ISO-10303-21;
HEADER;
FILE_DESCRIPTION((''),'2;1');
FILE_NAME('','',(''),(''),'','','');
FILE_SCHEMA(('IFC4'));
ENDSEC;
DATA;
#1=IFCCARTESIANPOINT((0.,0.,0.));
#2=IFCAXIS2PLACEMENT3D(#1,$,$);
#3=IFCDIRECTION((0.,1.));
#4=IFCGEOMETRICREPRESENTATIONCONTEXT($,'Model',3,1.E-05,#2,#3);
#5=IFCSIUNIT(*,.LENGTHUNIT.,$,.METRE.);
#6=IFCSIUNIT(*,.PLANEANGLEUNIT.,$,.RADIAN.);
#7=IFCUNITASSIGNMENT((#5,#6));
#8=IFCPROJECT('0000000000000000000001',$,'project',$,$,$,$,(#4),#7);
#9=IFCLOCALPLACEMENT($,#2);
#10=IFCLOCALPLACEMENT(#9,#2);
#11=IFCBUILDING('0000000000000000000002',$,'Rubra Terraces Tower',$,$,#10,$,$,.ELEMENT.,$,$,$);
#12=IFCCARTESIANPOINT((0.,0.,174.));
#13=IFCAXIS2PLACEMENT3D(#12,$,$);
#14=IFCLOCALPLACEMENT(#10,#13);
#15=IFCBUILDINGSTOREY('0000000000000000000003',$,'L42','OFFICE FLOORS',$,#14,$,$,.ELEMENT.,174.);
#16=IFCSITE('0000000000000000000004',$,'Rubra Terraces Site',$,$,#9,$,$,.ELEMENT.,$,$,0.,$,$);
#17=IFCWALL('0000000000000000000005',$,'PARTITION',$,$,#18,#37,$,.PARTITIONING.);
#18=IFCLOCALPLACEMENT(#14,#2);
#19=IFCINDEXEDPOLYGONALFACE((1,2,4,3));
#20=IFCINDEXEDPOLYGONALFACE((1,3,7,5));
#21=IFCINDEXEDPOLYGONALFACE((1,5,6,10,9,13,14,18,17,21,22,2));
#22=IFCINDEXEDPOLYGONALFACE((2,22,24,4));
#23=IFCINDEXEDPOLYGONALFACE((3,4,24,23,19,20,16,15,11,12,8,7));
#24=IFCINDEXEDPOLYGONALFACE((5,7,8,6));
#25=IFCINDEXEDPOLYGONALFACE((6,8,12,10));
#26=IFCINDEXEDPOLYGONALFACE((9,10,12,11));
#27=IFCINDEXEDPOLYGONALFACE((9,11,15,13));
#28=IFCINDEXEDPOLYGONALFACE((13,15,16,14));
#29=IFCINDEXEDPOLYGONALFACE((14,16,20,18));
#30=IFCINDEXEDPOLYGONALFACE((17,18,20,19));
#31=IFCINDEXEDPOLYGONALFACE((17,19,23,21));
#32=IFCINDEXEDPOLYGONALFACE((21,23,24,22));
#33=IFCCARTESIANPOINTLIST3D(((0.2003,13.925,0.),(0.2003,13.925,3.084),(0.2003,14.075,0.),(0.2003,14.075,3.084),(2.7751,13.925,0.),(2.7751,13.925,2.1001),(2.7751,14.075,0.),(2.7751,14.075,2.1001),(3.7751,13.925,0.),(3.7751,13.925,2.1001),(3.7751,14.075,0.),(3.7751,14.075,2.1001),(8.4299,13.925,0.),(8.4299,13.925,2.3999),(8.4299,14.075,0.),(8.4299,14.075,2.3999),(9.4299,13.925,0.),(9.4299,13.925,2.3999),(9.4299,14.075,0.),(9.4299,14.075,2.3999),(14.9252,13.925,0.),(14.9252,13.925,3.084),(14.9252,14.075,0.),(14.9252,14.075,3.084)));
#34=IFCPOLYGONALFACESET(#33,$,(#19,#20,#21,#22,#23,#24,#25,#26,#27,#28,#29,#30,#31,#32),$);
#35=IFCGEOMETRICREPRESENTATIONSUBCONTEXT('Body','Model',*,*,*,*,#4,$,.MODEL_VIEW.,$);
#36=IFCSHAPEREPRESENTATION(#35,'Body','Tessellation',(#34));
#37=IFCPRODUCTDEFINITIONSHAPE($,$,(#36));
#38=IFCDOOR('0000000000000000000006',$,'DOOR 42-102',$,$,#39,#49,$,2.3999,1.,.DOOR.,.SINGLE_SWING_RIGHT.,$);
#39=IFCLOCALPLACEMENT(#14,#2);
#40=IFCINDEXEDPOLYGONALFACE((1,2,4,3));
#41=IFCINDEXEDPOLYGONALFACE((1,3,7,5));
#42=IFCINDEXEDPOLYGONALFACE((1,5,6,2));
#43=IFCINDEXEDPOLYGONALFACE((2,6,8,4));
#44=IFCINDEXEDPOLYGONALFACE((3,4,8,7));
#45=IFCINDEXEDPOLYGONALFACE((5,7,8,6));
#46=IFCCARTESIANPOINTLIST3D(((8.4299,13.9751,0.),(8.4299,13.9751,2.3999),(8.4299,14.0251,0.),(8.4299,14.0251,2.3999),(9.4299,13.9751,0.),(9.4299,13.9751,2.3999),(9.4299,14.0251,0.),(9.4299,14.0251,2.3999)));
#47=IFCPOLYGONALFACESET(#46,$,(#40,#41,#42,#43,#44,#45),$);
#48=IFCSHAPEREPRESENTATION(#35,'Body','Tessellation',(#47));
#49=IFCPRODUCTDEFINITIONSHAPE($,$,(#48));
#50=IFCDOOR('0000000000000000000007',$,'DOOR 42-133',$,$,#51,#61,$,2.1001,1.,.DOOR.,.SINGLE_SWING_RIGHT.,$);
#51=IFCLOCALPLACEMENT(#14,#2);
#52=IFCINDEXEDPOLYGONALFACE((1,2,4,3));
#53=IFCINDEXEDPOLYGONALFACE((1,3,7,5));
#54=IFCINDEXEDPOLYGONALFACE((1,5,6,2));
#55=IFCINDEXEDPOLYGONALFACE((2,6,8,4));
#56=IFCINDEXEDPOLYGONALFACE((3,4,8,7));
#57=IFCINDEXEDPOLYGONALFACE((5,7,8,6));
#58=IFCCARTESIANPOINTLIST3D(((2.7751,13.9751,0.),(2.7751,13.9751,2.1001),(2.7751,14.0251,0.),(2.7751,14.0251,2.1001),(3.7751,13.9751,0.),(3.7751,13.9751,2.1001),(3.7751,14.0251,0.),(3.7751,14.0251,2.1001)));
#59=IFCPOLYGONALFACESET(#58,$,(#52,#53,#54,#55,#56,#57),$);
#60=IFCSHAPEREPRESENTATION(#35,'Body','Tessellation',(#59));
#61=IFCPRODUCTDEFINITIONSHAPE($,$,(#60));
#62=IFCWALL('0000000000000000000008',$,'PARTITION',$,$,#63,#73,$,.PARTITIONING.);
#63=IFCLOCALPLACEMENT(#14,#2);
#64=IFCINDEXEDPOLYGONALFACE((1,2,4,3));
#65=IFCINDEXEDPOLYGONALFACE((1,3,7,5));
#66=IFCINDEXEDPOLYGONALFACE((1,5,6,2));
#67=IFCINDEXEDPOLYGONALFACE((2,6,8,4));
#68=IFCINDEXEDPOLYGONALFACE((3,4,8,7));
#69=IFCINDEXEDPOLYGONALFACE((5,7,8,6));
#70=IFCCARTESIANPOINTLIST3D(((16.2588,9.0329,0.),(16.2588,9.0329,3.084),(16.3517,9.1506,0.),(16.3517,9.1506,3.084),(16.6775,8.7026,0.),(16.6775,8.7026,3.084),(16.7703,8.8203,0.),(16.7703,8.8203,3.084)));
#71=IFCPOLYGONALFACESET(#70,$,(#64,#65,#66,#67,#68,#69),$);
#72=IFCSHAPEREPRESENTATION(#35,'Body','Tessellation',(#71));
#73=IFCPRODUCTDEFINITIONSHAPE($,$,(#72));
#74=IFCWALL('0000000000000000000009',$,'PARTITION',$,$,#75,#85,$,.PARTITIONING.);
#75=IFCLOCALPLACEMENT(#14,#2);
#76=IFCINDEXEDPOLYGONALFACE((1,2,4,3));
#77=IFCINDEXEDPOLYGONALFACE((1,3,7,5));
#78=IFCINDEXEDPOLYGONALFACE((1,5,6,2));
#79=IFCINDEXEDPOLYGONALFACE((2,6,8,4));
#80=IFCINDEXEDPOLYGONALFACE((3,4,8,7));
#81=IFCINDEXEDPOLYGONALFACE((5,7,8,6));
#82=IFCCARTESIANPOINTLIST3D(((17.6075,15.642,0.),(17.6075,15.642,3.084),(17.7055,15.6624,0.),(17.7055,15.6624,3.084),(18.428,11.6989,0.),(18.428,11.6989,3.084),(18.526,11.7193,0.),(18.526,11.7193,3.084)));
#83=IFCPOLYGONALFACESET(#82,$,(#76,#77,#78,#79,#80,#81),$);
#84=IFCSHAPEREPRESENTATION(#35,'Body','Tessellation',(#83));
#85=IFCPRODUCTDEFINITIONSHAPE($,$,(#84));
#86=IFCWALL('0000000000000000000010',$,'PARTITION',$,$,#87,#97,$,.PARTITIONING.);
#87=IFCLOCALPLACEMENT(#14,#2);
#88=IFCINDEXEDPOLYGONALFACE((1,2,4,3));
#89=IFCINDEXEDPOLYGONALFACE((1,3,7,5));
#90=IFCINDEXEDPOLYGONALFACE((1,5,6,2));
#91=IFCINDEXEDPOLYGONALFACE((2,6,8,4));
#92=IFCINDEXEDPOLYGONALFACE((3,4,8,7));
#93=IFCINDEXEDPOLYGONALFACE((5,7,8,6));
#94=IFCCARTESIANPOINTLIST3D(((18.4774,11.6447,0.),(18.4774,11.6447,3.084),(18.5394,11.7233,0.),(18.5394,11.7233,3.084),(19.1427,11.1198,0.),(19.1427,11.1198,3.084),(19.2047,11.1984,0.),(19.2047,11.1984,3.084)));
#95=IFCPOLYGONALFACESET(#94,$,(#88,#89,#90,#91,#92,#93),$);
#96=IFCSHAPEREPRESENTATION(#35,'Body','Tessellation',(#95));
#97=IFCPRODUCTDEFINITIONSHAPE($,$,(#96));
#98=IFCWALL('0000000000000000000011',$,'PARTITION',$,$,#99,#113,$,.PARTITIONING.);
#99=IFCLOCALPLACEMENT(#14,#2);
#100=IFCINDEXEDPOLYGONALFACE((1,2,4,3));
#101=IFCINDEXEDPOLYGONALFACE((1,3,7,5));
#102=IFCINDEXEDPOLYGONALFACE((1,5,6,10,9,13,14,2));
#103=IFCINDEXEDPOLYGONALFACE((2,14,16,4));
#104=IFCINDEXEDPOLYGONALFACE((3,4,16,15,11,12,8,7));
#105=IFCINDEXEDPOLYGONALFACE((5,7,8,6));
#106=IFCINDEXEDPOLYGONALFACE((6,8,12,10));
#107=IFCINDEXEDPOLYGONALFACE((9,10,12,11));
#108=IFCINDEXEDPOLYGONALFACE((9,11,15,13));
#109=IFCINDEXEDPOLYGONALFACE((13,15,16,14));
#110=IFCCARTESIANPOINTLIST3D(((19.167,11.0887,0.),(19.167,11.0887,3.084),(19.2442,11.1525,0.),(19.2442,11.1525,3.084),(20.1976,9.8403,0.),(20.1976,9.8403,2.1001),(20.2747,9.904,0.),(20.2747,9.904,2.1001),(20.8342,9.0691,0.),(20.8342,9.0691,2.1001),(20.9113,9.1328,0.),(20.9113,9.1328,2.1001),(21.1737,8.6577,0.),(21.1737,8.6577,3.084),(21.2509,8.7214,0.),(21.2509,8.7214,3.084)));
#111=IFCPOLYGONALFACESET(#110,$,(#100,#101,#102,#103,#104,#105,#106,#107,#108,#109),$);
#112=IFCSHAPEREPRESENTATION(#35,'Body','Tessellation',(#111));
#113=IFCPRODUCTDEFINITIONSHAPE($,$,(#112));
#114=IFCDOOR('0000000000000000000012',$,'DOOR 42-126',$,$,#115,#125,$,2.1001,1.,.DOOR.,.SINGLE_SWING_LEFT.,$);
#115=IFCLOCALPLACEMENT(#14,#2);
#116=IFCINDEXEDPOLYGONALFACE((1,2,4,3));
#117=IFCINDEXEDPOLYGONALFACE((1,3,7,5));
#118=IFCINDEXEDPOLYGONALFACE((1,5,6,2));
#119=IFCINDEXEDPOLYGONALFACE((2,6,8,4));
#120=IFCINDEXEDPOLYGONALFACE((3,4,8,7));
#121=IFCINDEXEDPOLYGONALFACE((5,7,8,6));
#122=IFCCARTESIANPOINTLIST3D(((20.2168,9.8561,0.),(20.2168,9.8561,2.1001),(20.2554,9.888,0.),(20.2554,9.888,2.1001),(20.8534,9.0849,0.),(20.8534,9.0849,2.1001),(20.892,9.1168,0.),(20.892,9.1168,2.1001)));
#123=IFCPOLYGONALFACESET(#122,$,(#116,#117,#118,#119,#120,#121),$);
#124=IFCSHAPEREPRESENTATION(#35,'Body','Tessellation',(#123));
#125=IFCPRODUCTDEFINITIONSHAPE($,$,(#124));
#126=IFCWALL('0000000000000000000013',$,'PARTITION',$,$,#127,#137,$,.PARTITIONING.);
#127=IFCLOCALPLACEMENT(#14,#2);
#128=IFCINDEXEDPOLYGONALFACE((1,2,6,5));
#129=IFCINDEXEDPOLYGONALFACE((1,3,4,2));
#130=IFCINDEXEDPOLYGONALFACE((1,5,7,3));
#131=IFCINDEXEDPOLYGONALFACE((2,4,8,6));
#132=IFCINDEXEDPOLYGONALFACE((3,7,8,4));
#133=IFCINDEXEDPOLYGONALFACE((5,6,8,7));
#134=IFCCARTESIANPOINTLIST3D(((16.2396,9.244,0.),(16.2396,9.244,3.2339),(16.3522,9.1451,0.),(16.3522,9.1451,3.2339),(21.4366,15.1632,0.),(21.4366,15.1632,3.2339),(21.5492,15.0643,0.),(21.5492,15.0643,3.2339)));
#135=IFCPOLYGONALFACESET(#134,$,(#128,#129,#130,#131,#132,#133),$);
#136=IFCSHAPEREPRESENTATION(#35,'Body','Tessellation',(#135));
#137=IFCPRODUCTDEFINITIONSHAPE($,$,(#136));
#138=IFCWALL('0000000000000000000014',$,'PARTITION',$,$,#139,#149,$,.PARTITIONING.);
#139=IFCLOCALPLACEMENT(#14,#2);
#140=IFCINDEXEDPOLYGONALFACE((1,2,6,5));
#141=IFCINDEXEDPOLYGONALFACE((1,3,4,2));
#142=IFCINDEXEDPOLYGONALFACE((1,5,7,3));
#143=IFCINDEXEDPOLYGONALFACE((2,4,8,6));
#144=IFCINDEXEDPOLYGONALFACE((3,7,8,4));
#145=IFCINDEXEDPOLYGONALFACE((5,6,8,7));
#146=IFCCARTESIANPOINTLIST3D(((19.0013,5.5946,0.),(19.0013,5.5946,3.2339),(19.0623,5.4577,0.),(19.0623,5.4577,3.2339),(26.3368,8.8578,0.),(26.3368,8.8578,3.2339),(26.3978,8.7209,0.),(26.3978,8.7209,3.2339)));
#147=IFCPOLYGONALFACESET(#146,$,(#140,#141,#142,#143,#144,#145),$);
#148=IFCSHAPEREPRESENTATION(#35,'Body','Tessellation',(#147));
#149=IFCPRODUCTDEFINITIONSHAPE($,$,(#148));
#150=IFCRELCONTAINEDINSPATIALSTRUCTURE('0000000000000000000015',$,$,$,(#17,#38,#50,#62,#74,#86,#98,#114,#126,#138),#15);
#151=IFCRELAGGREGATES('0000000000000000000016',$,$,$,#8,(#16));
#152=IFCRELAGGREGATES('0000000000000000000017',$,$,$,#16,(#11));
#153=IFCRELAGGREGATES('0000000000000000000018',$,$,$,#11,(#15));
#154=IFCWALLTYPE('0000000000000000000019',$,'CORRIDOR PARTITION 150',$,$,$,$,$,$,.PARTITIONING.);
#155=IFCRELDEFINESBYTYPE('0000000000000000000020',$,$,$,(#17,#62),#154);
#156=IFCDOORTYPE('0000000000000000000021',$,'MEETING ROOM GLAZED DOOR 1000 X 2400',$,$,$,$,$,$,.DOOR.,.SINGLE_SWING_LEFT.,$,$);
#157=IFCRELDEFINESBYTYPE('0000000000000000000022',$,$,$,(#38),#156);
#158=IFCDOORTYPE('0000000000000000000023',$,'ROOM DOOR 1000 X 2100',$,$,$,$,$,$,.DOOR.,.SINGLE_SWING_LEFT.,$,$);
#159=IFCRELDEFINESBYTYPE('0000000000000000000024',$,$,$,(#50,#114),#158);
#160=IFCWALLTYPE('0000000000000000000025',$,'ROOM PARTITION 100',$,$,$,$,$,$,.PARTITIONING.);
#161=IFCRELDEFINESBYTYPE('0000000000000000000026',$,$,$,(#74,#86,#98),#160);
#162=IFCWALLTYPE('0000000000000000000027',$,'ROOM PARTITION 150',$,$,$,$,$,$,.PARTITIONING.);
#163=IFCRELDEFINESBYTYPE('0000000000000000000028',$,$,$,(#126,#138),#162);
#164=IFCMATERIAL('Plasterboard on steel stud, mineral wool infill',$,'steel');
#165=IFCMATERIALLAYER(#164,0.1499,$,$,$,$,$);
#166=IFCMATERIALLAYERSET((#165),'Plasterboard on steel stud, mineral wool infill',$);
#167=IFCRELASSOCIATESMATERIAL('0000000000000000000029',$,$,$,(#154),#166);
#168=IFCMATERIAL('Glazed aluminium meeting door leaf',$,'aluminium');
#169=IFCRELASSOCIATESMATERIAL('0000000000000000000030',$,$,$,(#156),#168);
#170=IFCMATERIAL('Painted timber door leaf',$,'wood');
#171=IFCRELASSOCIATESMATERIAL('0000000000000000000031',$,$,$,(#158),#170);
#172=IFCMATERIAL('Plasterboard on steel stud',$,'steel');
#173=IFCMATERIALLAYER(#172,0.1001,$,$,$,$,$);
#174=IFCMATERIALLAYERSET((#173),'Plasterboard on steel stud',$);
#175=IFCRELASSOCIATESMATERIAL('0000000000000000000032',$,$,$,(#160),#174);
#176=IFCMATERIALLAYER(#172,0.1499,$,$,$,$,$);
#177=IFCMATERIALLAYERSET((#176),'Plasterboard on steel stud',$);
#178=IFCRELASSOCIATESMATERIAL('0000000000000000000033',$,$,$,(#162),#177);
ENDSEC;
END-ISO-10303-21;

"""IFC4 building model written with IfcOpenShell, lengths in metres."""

from ifc_helpers import new_model, si_unit, direction, frame, frame_2d, origin, place, context, subcontext, project, spatial, rectangle, extrude, material, layer, layer_set, type_object, element, fill, save


model = new_model("IFC4")

# Units and contexts
model_context = context("Model", 3, precision=1e-05, world=origin(), true_north=direction((0.0, 1.0)))
body_context = subcontext(model_context, "Body", "Model", "MODEL_VIEW")
ifc_project = project(units=[si_unit("LENGTHUNIT", "METRE"), si_unit("PLANEANGLEUNIT", "RADIAN")], contexts=[model_context])

# Site, building, storey
site_placement = place(None, origin())
site = spatial("IfcSite", under=ifc_project, at=site_placement, Name="Rubra Terraces Site", CompositionType="ELEMENT", RefElevation=0.0)
building_placement = place(site_placement, origin())
building = spatial("IfcBuilding", under=site, at=building_placement, Name="Rubra Terraces Tower", CompositionType="ELEMENT")
storey_placement = place(building_placement, frame((0.0, 0.0, 174.0)))
storey = spatial("IfcBuildingStorey", under=building, at=storey_placement, Name="L42", Description="OFFICE FLOORS", CompositionType="ELEMENT", Elevation=174.0)

# Shared definitions
ifc_material_1 = material(Name="Plasterboard on steel stud, mineral wool infill", Category="steel")
ifc_layer_1 = layer(ifc_material_1, 0.1499)
ifc_layer_set_1 = layer_set([ifc_layer_1], Name="Plasterboard on steel stud, mineral wool infill")
wall_type_1 = type_object("IfcWallType", Name="CORRIDOR PARTITION 150", PredefinedType="PARTITIONING", material=ifc_layer_set_1)

# Wall, openings, doors
wall_1_placement = place(storey_placement, frame((14.925, 14.0, 0.0), z_axis=(0.0, 0.0, 1.0), x_axis=(-1.0, 0.0, 0.0)))
wall_1 = element("IfcWall", 1, at=wall_1_placement, inside=storey, type_object=wall_type_1, Name="PARTITION", PredefinedType="PARTITIONING", context=body_context, shape_type="SweptSolid", body=[
    extrude(rectangle(XDim=14.7249, YDim=0.1499, at=frame_2d((7.3623, 0.0))), origin(), (0.0, 0.0, 1.0), 3.084),
])
opening_1_placement = place(wall_1_placement, frame((5.4951, 0.0, 0.0)))
opening_1 = element("IfcOpeningElement", 2, at=opening_1_placement, cuts=wall_1, PredefinedType="OPENING", context=body_context, shape_type="SweptSolid", body=[
    extrude(rectangle(XDim=1.0, YDim=2.3999, at=frame_2d((0.5, 1.2))), frame((0.0, 0.085, 0.0), z_axis=(0.0, -1.0, 0.0), x_axis=(1.0, 0.0, 0.0)), (0.0, 0.0, 1.0), 0.1699),
])
opening_2_placement = place(wall_1_placement, frame((11.1499, 0.0, 0.0)))
opening_2 = element("IfcOpeningElement", 3, at=opening_2_placement, cuts=wall_1, PredefinedType="OPENING", context=body_context, shape_type="SweptSolid", body=[
    extrude(rectangle(XDim=1.0, YDim=2.1001, at=frame_2d((0.5, 1.05))), frame((0.0, 0.085, 0.0), z_axis=(0.0, -1.0, 0.0), x_axis=(1.0, 0.0, 0.0)), (0.0, 0.0, 1.0), 0.1699),
])
ifc_material_2 = material(Name="Glazed aluminium meeting door leaf", Category="aluminium")
door_type_1 = type_object("IfcDoorType", Name="MEETING ROOM GLAZED DOOR 1000 X 2400", OperationType="SINGLE_SWING_LEFT", PredefinedType="DOOR", material=ifc_material_2)
door_1_placement = place(opening_1_placement, origin())
door_1 = element("IfcDoor", 4, at=door_1_placement, inside=storey, type_object=door_type_1, Name="DOOR 42-102", OperationType="SINGLE_SWING_RIGHT", OverallHeight=2.3999, OverallWidth=1.0, PredefinedType="DOOR", context=body_context, shape_type="SweptSolid", body=[
    extrude(rectangle(XDim=1.0, YDim=2.3999, at=frame_2d((0.5, 1.2))), frame((0.0, 0.0249, 0.0), z_axis=(0.0, -1.0, 0.0), x_axis=(1.0, 0.0, 0.0)), (0.0, 0.0, 1.0), 0.05),
])
fill(opening_1, door_1)
ifc_material_3 = material(Name="Painted timber door leaf", Category="wood")
door_type_2 = type_object("IfcDoorType", Name="ROOM DOOR 1000 X 2100", OperationType="SINGLE_SWING_LEFT", PredefinedType="DOOR", material=ifc_material_3)
door_2_placement = place(opening_2_placement, origin())
door_2 = element("IfcDoor", 5, at=door_2_placement, inside=storey, type_object=door_type_2, Name="DOOR 42-133", OperationType="SINGLE_SWING_RIGHT", OverallHeight=2.1001, OverallWidth=1.0, PredefinedType="DOOR", context=body_context, shape_type="SweptSolid", body=[
    extrude(rectangle(XDim=1.0, YDim=2.1001, at=frame_2d((0.5, 1.05))), frame((0.0, 0.0249, 0.0), z_axis=(0.0, -1.0, 0.0), x_axis=(1.0, 0.0, 0.0)), (0.0, 0.0, 1.0), 0.05),
])
fill(opening_2, door_2)

# Walls
wall_2_placement = place(storey_placement, frame((16.7239, 8.7615, 0.0), z_axis=(0.0, 0.0, 1.0), x_axis=(-0.785094, 0.619377, 0.0)))
element("IfcWall", 6, at=wall_2_placement, inside=storey, type_object=wall_type_1, Name="PARTITION", PredefinedType="PARTITIONING", context=body_context, shape_type="SweptSolid", body=[
    extrude(rectangle(XDim=0.5332, YDim=0.1499, at=frame_2d((0.2666, 0.0))), origin(), (0.0, 0.0, 1.0), 3.084),
])
ifc_material_4 = material(Name="Plasterboard on steel stud", Category="steel")
ifc_layer_2 = layer(ifc_material_4, 0.1001)
ifc_layer_set_2 = layer_set([ifc_layer_2], Name="Plasterboard on steel stud")
wall_type_2 = type_object("IfcWallType", Name="ROOM PARTITION 100", PredefinedType="PARTITIONING", material=ifc_layer_set_2)
wall_3_placement = place(storey_placement, frame((17.6565, 15.6521, 0.0), z_axis=(0.0, 0.0, 1.0), x_axis=(0.203734, -0.979026, 0.0)))
element("IfcWall", 7, at=wall_3_placement, inside=storey, type_object=wall_type_2, Name="PARTITION", PredefinedType="PARTITIONING", context=body_context, shape_type="SweptSolid", body=[
    extrude(rectangle(XDim=4.0276, YDim=0.1001, at=frame_2d((2.0137, 0.0))), origin(), (0.0, 0.0, 1.0), 3.084),
])
wall_4_placement = place(storey_placement, frame((18.5083, 11.6841, 0.0), z_axis=(0.0, 0.0, 1.0), x_axis=(0.785067, -0.619411, 0.0)))
element("IfcWall", 8, at=wall_4_placement, inside=storey, type_object=wall_type_2, Name="PARTITION", PredefinedType="PARTITIONING", context=body_context, shape_type="SweptSolid", body=[
    extrude(rectangle(XDim=0.8474, YDim=0.1001, at=frame_2d((0.4238, 0.0))), origin(), (0.0, 0.0, 1.0), 3.084),
])

# Wall, opening, door
wall_5_placement = place(storey_placement, frame((19.2056, 11.1206, 0.0), z_axis=(0.0, 0.0, 1.0), x_axis=(0.636597, -0.771196, 0.0)))
wall_5 = element("IfcWall", 9, at=wall_5_placement, inside=storey, type_object=wall_type_2, Name="PARTITION", PredefinedType="PARTITIONING", context=body_context, shape_type="SweptSolid", body=[
    extrude(rectangle(XDim=3.1523, YDim=0.1001, at=frame_2d((1.5762, 0.0))), origin(), (0.0, 0.0, 1.0), 3.084),
])
opening_3_placement = place(wall_5_placement, frame((1.6189, 0.0, 0.0)))
opening_3 = element("IfcOpeningElement", 10, at=opening_3_placement, cuts=wall_5, PredefinedType="OPENING", context=body_context, shape_type="SweptSolid", body=[
    extrude(rectangle(XDim=1.0, YDim=2.1001, at=frame_2d((0.5, 1.05))), frame((0.0, 0.0601, 0.0), z_axis=(0.0, -1.0, 0.0), x_axis=(1.0, 0.0, 0.0)), (0.0, 0.0, 1.0), 0.1201),
])
door_3_placement = place(opening_3_placement, origin())
door_3 = element("IfcDoor", 11, at=door_3_placement, inside=storey, type_object=door_type_2, Name="DOOR 42-126", OperationType="SINGLE_SWING_LEFT", OverallHeight=2.1001, OverallWidth=1.0, PredefinedType="DOOR", context=body_context, shape_type="SweptSolid", body=[
    extrude(rectangle(XDim=1.0, YDim=2.1001, at=frame_2d((0.5, 1.05))), frame((0.0, 0.0249, 0.0), z_axis=(0.0, -1.0, 0.0), x_axis=(1.0, 0.0, 0.0)), (0.0, 0.0, 1.0), 0.05),
])
fill(opening_3, door_3)

# Walls
ifc_layer_3 = layer(ifc_material_4, 0.1499)
ifc_layer_set_3 = layer_set([ifc_layer_3], Name="Plasterboard on steel stud")
wall_type_3 = type_object("IfcWallType", Name="ROOM PARTITION 150", PredefinedType="PARTITIONING", material=ifc_layer_set_3)
wall_6_placement = place(storey_placement, frame((21.4929, 15.1138, 0.0), z_axis=(0.0, 0.0, 1.0), x_axis=(-0.659779, -0.75146, 0.0)))
element("IfcWall", 12, at=wall_6_placement, inside=storey, type_object=wall_type_3, Name="PARTITION", PredefinedType="PARTITIONING", context=body_context, shape_type="SweptSolid", body=[
    extrude(rectangle(XDim=7.877, YDim=0.1499, at=frame_2d((3.9385, 0.0))), origin(), (0.0, 0.0, 1.0), 3.2339),
])
wall_7_placement = place(storey_placement, frame((26.3672, 8.7893, 0.0), z_axis=(0.0, 0.0, 1.0), x_axis=(-0.913674, -0.406449, 0.0)))
element("IfcWall", 13, at=wall_7_placement, inside=storey, type_object=wall_type_3, Name="PARTITION", PredefinedType="PARTITIONING", context=body_context, shape_type="SweptSolid", body=[
    extrude(rectangle(XDim=8.0286, YDim=0.1499, at=frame_2d((4.0142, 0.0))), origin(), (0.0, 0.0, 1.0), 3.2339),
])

save(model, "model.ifc")
